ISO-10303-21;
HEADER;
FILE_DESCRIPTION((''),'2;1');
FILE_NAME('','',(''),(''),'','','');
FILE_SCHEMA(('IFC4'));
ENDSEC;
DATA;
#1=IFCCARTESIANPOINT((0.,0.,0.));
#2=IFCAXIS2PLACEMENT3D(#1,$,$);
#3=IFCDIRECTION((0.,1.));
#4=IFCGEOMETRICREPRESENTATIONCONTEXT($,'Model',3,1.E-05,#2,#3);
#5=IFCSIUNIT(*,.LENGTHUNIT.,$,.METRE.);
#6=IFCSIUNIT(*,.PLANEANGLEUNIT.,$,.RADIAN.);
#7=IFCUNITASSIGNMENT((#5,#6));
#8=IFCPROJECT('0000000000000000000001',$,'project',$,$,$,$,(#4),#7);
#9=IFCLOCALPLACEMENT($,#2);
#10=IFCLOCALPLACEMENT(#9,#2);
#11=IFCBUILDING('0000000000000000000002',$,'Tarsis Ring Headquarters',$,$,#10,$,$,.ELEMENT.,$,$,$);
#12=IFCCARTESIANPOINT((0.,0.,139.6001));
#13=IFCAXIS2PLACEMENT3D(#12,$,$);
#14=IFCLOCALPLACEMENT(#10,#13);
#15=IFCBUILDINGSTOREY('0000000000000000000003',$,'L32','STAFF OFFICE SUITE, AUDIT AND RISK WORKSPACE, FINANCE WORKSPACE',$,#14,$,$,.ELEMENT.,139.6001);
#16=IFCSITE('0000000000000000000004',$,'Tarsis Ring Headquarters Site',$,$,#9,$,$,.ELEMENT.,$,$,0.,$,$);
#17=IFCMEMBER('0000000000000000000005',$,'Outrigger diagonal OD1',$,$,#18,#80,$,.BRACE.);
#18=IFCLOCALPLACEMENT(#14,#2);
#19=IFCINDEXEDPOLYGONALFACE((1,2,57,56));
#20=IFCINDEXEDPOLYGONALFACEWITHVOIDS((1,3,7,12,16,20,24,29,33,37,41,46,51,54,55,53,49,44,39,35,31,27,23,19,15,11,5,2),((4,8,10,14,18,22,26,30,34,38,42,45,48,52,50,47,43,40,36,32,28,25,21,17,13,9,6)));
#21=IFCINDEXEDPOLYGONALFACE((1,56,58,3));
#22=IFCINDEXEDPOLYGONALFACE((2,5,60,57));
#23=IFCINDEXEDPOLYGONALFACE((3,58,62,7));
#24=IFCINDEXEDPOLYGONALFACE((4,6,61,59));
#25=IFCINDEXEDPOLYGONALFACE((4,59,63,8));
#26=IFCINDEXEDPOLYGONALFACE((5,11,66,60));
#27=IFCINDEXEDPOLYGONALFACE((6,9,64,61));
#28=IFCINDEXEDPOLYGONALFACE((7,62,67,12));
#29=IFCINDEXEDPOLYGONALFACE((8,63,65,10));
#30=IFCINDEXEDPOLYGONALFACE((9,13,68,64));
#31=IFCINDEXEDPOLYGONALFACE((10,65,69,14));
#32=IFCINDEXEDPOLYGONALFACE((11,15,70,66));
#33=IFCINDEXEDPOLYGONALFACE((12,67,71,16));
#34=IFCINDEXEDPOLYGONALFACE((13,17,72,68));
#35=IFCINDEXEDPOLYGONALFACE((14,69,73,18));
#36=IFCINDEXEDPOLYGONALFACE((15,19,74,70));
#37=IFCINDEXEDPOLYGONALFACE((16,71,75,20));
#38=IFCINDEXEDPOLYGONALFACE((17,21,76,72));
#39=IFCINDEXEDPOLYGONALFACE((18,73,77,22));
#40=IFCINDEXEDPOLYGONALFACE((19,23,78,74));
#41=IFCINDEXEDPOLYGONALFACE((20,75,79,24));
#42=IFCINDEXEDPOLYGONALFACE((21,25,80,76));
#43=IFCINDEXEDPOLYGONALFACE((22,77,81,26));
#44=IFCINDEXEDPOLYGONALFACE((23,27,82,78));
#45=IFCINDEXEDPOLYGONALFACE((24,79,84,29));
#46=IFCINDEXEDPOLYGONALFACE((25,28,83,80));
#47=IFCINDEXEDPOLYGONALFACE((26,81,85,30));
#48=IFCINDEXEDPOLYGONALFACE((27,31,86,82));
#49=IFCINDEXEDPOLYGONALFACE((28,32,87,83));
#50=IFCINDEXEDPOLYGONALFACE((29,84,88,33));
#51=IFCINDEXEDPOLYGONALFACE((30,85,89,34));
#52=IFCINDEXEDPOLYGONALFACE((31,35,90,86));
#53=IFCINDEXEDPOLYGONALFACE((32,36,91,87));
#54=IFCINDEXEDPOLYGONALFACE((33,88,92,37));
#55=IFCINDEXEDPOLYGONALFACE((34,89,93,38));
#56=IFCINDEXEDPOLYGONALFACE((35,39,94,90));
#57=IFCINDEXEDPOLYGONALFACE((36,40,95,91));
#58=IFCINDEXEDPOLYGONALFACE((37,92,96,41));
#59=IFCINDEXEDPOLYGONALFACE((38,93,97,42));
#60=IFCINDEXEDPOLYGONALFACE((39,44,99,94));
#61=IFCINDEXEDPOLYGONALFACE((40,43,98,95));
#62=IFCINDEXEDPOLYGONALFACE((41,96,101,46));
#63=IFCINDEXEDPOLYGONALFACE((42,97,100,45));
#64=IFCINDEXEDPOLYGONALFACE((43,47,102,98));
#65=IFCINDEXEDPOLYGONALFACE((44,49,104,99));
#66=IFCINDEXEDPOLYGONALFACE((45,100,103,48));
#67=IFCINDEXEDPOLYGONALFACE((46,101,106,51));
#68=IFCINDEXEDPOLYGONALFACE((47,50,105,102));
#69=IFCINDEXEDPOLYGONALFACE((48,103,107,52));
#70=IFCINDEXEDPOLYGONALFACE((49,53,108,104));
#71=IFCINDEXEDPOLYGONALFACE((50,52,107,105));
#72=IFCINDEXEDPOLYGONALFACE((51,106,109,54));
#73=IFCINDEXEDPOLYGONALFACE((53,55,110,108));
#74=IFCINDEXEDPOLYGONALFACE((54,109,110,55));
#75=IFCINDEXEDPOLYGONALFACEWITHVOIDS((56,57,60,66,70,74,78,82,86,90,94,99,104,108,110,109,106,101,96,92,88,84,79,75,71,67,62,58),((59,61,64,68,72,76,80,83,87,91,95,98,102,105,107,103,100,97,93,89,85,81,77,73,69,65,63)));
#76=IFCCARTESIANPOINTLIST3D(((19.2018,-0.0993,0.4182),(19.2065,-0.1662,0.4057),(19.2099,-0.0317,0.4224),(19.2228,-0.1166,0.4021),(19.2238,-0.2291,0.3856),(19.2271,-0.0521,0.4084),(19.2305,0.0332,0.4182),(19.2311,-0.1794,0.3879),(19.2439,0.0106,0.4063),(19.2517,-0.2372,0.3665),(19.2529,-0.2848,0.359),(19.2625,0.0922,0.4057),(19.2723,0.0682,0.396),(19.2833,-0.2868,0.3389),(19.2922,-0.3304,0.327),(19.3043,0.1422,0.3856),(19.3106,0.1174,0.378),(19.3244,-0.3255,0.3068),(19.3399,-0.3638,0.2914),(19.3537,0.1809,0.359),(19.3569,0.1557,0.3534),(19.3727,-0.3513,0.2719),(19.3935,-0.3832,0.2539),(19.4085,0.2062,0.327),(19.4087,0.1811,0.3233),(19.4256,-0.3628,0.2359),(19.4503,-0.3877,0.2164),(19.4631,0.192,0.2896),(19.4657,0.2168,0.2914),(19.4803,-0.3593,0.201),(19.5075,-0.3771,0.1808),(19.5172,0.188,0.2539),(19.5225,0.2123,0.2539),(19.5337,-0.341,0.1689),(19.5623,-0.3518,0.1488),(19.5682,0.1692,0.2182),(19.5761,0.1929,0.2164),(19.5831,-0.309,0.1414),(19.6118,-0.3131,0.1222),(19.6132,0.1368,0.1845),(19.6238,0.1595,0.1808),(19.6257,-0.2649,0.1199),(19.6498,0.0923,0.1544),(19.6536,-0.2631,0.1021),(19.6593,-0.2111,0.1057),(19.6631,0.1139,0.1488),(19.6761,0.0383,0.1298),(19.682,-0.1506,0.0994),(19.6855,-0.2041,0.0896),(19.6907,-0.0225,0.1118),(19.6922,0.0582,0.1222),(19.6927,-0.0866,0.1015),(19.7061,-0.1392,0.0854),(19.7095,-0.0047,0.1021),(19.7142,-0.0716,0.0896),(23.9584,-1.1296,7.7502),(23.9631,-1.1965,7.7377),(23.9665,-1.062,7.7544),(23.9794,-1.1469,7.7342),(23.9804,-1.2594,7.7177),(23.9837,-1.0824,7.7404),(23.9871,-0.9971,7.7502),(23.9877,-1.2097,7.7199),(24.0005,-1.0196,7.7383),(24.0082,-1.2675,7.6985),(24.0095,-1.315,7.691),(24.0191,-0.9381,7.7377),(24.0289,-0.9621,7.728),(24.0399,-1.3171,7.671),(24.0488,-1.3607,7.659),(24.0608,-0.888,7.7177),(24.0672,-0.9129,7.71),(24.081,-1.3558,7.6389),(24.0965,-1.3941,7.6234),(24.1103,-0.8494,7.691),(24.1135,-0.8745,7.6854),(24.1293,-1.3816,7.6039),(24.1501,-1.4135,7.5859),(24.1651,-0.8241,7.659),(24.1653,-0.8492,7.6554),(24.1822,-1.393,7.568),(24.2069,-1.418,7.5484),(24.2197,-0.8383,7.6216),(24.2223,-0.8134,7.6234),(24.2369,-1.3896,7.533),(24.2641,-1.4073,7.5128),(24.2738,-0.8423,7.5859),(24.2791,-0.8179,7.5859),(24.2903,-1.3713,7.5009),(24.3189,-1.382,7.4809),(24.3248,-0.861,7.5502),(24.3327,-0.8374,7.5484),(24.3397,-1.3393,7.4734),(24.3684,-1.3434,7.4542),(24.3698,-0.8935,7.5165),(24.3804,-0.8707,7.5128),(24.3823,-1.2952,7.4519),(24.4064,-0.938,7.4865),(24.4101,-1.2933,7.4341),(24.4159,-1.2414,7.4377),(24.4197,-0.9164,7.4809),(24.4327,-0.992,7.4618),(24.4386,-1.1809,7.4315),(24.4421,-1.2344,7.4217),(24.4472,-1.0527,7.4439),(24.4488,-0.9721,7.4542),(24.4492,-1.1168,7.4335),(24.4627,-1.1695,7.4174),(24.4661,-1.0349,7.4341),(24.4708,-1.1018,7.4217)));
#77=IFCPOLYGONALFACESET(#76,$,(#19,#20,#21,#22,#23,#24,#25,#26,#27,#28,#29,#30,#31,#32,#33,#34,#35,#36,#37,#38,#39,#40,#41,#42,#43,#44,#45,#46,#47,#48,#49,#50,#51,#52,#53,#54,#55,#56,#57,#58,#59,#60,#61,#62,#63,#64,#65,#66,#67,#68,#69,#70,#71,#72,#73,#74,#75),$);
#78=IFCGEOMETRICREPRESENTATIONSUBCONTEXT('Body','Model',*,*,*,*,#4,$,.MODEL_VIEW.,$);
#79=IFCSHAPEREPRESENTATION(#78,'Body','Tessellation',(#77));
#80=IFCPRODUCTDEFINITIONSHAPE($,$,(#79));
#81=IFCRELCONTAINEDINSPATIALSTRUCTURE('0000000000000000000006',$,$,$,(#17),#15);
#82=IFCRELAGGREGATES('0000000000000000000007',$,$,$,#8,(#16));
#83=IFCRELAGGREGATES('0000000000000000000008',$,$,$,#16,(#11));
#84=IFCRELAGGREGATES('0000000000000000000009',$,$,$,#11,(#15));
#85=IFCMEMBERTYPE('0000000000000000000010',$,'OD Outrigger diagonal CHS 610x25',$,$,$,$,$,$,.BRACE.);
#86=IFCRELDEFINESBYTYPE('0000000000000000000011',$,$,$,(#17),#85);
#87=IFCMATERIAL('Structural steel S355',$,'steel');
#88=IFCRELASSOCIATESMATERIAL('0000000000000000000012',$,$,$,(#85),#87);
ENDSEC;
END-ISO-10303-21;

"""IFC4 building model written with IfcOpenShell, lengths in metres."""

from ifc_helpers import new_model, si_unit, direction, frame, origin, origin_2d, place, context, subcontext, project, spatial, hollow_circle, extrude, material, material_profile, profile_set, type_object, element, save


model = new_model("IFC4")

# Units and contexts
model_context = context("Model", 3, precision=1e-05, world=origin(), true_north=direction((0.0, 1.0)))
body_context = subcontext(model_context, "Body", "Model", "MODEL_VIEW")
ifc_project = project(units=[si_unit("LENGTHUNIT", "METRE"), si_unit("PLANEANGLEUNIT", "RADIAN")], contexts=[model_context])

# Site, building, storey
site_placement = place(None, origin())
site = spatial("IfcSite", under=ifc_project, at=site_placement, Name="Tarsis Ring Headquarters Site", CompositionType="ELEMENT", RefElevation=0.0)
building_placement = place(site_placement, origin())
building = spatial("IfcBuilding", under=site, at=building_placement, Name="Tarsis Ring Headquarters", CompositionType="ELEMENT")
storey_placement = place(building_placement, frame((0.0, 0.0, 139.6001)))
storey = spatial("IfcBuildingStorey", under=building, at=storey_placement, Name="L32", Description="STAFF OFFICE SUITE, AUDIT AND RISK WORKSPACE, FINANCE WORKSPACE", CompositionType="ELEMENT", Elevation=139.6001)

# Shared definitions
ifc_material_1 = material(Name="Structural steel S355", Category="steel")

# Member
ifc_material_profile_1 = material_profile(ifc_material_1, hollow_circle(Radius=0.3047, WallThickness=0.0249, at=origin_2d()), Name="CHS 610x25")
ifc_profile_set_1 = profile_set([ifc_material_profile_1], Name="Structural steel S355")
member_type_1 = type_object("IfcMemberType", Name="OD Outrigger diagonal CHS 610x25", PredefinedType="BRACE", material=ifc_profile_set_1)
member_1_placement = place(storey_placement, frame((19.458, -0.0854, 0.2539), z_axis=(0.540503, -0.117073, 0.833157), x_axis=(0.21169, 0.977337, 0.0)))
element("IfcMember", 1, at=member_1_placement, inside=storey, type_object=member_type_1, Name="Outrigger diagonal OD1", PredefinedType="BRACE", context=body_context, shape_type="SweptSolid", body=[
    extrude(hollow_circle(Radius=0.3047, WallThickness=0.0249, at=origin_2d()), origin(), (0.0, 0.0, 1.0), 8.8003),
])

save(model, "model.ifc")
